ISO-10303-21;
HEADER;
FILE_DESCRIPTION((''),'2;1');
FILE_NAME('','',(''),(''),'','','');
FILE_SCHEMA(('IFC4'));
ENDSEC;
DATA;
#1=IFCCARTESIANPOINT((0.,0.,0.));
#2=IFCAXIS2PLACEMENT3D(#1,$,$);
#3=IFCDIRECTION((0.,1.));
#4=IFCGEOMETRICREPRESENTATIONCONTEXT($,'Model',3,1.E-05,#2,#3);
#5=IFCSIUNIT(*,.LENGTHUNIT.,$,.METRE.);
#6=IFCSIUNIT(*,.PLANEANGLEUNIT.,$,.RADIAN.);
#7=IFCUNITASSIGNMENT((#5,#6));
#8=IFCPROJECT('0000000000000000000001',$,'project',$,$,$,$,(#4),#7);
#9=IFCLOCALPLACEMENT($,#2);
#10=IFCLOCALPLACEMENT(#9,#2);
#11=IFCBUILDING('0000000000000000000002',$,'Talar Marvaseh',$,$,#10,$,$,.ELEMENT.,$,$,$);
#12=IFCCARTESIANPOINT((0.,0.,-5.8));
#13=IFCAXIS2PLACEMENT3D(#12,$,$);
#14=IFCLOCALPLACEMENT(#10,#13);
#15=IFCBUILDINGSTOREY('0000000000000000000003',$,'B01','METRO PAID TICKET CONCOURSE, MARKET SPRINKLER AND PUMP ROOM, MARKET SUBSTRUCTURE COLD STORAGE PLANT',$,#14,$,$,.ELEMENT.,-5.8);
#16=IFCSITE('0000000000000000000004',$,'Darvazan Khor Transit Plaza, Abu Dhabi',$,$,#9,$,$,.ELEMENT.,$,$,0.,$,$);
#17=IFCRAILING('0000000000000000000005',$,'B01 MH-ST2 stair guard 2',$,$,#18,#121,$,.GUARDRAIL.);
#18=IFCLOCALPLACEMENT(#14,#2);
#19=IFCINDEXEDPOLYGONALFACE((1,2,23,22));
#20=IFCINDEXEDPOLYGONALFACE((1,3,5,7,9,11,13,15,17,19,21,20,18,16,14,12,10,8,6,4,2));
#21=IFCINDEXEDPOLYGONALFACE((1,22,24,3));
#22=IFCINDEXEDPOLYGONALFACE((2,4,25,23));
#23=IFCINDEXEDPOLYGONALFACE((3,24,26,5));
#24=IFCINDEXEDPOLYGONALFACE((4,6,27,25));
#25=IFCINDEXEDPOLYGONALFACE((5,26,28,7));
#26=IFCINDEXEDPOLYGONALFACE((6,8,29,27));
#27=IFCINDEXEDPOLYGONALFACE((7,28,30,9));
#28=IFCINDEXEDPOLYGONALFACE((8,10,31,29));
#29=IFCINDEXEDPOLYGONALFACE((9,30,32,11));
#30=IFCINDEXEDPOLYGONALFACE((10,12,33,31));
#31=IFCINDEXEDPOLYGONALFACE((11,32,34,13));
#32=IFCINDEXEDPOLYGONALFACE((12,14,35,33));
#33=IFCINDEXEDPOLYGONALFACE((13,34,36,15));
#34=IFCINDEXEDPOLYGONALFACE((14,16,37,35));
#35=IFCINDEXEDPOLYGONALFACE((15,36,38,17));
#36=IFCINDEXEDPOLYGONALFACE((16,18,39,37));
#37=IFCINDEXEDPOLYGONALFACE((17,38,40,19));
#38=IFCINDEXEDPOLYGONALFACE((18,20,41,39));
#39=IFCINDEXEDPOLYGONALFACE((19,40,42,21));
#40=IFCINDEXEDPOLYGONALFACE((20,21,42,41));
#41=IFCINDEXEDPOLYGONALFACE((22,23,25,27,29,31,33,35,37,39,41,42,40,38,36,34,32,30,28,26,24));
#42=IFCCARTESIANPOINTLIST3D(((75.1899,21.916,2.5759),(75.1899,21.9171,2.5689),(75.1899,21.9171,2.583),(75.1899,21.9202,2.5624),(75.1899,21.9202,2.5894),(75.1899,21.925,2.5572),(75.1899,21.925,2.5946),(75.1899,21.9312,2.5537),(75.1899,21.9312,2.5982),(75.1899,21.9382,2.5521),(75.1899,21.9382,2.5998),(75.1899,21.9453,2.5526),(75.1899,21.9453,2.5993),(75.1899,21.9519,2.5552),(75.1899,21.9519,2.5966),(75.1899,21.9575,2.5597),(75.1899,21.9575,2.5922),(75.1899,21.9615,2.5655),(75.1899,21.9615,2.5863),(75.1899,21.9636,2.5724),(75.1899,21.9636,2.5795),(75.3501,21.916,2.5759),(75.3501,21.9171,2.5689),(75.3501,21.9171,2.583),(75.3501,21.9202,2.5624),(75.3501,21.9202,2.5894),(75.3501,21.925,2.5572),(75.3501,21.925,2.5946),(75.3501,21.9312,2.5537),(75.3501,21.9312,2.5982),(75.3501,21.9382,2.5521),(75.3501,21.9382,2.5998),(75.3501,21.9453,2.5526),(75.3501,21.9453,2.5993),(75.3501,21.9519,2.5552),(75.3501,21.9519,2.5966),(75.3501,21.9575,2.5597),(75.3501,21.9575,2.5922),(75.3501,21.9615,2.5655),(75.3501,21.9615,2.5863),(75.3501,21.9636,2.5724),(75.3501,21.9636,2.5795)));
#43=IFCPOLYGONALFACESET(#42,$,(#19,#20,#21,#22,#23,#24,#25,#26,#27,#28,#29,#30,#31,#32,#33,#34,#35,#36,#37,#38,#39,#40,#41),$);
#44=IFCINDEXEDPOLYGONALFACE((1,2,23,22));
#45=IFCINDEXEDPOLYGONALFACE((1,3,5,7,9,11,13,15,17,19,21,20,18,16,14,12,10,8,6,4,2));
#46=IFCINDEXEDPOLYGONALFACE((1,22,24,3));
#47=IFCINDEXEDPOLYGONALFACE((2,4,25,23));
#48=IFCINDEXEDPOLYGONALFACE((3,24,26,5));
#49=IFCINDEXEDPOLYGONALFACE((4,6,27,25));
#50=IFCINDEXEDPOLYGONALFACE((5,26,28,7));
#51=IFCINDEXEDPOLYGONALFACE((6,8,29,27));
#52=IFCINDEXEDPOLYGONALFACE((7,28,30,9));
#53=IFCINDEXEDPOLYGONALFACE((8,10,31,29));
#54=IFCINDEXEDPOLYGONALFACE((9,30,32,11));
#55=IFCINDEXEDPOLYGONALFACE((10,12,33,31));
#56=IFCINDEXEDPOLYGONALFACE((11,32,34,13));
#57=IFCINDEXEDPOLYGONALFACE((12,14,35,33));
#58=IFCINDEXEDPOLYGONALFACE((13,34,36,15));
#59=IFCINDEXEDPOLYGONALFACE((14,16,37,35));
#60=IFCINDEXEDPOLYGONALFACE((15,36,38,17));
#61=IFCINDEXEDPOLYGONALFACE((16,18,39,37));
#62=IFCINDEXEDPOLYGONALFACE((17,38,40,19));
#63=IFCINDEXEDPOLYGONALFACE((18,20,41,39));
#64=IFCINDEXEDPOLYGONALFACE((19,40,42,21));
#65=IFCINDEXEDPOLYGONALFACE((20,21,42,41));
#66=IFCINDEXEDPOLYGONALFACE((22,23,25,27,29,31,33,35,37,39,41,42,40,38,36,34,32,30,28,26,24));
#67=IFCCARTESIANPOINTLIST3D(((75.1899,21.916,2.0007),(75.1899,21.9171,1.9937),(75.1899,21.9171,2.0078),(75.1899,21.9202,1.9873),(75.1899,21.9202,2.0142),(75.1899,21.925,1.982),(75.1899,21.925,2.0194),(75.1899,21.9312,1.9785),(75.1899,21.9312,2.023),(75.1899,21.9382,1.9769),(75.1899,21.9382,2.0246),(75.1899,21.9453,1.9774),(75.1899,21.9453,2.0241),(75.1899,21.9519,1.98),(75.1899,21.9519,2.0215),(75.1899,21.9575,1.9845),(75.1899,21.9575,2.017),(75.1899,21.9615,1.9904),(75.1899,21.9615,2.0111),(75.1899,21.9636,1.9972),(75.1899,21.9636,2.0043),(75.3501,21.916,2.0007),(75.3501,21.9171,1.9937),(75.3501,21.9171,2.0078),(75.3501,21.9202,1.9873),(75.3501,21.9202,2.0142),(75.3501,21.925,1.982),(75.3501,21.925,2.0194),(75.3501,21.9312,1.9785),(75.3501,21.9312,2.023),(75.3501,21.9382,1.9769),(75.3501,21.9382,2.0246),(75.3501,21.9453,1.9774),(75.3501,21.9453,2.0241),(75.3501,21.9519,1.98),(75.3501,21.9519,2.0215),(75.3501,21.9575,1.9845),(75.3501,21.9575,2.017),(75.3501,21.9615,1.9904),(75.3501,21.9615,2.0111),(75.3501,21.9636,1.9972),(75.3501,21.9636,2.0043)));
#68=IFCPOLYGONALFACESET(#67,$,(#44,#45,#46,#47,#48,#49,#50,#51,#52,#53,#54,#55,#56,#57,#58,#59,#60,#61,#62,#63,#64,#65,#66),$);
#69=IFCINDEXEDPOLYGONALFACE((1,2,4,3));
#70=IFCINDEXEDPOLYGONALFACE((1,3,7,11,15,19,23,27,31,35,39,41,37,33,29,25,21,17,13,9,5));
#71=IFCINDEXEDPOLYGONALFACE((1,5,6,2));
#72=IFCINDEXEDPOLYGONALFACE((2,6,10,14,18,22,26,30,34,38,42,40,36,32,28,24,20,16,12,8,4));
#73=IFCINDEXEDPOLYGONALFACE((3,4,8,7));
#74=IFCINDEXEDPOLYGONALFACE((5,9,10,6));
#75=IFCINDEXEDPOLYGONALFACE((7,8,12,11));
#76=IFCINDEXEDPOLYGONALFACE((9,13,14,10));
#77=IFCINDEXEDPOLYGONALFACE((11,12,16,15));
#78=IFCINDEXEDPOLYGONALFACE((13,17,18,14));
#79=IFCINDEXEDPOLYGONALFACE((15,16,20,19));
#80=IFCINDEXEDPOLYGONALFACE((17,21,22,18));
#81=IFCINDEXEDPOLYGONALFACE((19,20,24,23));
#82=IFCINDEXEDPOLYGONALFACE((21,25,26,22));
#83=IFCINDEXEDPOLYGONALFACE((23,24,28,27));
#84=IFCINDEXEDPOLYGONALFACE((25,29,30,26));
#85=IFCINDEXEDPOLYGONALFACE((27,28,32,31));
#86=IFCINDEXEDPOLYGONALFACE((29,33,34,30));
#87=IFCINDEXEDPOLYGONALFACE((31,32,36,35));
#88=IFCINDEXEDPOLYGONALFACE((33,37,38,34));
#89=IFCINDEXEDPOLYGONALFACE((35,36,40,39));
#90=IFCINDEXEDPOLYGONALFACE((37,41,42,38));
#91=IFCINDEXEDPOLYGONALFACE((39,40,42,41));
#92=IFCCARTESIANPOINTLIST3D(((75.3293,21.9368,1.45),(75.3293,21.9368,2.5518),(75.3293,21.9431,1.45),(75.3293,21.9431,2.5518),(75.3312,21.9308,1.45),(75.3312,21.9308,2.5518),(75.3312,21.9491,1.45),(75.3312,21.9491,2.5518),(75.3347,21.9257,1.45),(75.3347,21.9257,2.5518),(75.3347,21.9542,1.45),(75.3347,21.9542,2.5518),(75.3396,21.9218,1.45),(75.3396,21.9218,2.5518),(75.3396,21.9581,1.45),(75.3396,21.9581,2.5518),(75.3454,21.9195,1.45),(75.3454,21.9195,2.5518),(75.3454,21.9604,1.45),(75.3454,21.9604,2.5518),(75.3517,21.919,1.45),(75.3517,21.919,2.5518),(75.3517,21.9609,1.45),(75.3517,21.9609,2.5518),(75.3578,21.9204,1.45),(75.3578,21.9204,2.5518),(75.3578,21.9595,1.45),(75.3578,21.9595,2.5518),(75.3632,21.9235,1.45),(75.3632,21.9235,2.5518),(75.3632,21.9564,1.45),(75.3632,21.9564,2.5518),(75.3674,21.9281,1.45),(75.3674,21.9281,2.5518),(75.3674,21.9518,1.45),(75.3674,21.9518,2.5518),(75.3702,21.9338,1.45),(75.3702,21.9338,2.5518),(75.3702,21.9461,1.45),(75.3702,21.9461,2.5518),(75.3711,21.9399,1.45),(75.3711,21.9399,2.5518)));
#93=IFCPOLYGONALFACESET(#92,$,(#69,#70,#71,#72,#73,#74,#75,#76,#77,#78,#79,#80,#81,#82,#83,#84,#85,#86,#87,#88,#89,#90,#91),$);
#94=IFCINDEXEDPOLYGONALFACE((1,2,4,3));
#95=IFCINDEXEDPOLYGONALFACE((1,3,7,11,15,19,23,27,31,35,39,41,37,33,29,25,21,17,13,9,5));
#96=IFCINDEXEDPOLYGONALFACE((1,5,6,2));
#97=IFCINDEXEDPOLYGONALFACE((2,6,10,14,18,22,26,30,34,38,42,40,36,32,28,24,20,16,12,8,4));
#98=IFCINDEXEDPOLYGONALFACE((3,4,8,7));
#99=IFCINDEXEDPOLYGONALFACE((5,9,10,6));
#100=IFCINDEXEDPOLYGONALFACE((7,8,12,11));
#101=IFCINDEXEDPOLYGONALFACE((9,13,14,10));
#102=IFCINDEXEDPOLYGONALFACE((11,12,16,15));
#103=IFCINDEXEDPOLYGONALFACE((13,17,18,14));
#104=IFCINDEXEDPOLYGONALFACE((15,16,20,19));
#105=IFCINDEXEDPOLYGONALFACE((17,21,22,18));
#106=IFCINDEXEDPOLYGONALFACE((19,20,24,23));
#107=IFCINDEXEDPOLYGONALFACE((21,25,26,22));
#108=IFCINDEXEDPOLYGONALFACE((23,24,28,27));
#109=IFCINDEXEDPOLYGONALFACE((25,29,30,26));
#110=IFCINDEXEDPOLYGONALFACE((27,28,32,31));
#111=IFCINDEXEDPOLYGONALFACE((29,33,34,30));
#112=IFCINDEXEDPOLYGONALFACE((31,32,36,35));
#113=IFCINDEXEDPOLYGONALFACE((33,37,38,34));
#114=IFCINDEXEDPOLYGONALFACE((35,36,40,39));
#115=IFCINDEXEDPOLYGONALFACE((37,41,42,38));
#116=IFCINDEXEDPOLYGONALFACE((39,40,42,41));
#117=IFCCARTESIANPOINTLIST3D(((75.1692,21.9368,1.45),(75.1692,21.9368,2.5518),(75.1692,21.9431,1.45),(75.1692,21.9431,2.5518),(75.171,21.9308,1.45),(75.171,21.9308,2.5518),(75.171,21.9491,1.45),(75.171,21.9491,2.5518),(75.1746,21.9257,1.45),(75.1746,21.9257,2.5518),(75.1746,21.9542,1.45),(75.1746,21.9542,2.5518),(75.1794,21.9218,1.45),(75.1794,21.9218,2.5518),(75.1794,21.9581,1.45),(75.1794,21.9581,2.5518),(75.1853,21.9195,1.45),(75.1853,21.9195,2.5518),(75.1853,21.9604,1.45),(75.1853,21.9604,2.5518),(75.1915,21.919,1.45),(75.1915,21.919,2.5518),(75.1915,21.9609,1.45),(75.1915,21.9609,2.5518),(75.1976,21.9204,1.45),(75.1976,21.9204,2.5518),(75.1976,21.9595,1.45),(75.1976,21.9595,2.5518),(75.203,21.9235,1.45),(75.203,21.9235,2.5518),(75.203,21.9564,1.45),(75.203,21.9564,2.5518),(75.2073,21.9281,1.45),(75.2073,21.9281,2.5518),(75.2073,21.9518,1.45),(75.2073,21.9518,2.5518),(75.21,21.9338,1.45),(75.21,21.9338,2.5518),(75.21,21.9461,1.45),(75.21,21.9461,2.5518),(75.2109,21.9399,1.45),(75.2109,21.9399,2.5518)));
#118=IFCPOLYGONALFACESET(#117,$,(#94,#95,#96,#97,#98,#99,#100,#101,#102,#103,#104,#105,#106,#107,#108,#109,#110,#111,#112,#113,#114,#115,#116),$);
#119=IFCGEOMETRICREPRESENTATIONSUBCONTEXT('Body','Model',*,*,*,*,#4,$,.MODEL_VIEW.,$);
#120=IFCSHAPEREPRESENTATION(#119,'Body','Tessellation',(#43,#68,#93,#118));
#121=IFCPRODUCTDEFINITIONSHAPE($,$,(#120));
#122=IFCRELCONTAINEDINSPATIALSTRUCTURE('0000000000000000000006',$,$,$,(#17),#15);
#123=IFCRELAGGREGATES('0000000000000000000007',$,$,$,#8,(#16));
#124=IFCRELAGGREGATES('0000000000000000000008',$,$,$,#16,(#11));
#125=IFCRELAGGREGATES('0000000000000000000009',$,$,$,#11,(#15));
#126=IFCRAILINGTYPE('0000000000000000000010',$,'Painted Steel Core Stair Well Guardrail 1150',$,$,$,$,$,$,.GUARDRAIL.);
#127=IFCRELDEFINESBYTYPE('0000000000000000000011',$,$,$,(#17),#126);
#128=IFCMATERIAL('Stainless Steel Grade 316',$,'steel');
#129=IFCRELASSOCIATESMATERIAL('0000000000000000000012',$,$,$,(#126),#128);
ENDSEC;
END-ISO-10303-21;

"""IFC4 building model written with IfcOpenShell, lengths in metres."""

from ifc_helpers import new_model, si_unit, direction, frame, origin, origin_2d, place, context, subcontext, project, spatial, circle, extrude, material, type_object, element, save


model = new_model("IFC4")

# Units and contexts
model_context = context("Model", 3, precision=1e-05, world=origin(), true_north=direction((0.0, 1.0)))
body_context = subcontext(model_context, "Body", "Model", "MODEL_VIEW")
ifc_project = project(units=[si_unit("LENGTHUNIT", "METRE"), si_unit("PLANEANGLEUNIT", "RADIAN")], contexts=[model_context])

# Site, building, storey
site_placement = place(None, origin())
site = spatial("IfcSite", under=ifc_project, at=site_placement, Name="Darvazan Khor Transit Plaza, Abu Dhabi", CompositionType="ELEMENT", RefElevation=0.0)
building_placement = place(site_placement, origin())
building = spatial("IfcBuilding", under=site, at=building_placement, Name="Talar Marvaseh", CompositionType="ELEMENT")
storey_placement = place(building_placement, frame((0.0, 0.0, -5.8)))
storey = spatial("IfcBuildingStorey", under=building, at=storey_placement, Name="B01", Description="METRO PAID TICKET CONCOURSE, MARKET SPRINKLER AND PUMP ROOM, MARKET SUBSTRUCTURE COLD STORAGE PLANT", CompositionType="ELEMENT", Elevation=-5.8)

# Railing
ifc_material_1 = material(Name="Stainless Steel Grade 316", Category="steel")
railing_type_1 = type_object("IfcRailingType", Name="Painted Steel Core Stair Well Guardrail 1150", PredefinedType="GUARDRAIL", material=ifc_material_1)
railing_1_placement = place(storey_placement, frame((75.3501, 21.9399, 1.45)))
element("IfcRailing", 1, at=railing_1_placement, inside=storey, type_object=railing_type_1, Name="B01 MH-ST2 stair guard 2", PredefinedType="GUARDRAIL", context=body_context, shape_type="SweptSolid", body=[
    extrude(circle(Radius=0.0239, at=origin_2d()), frame((0.0, 0.0, 1.126), z_axis=(-1.0, 0.0, 0.0), x_axis=(0.0, -1.0, 0.0)), (0.0, 0.0, 1.0), 0.1602),
    extrude(circle(Radius=0.0239, at=origin_2d()), frame((0.0, 0.0, 0.5508), z_axis=(-1.0, 0.0, 0.0), x_axis=(0.0, -1.0, 0.0)), (0.0, 0.0, 1.0), 0.1602),
    extrude(circle(Radius=0.021, at=origin_2d()), origin(), (0.0, 0.0, 1.0), 1.1018),
    extrude(circle(Radius=0.021, at=origin_2d()), frame((-0.1602, 0.0, 0.0)), (0.0, 0.0, 1.0), 1.1018),
])

save(model, "model.ifc")
